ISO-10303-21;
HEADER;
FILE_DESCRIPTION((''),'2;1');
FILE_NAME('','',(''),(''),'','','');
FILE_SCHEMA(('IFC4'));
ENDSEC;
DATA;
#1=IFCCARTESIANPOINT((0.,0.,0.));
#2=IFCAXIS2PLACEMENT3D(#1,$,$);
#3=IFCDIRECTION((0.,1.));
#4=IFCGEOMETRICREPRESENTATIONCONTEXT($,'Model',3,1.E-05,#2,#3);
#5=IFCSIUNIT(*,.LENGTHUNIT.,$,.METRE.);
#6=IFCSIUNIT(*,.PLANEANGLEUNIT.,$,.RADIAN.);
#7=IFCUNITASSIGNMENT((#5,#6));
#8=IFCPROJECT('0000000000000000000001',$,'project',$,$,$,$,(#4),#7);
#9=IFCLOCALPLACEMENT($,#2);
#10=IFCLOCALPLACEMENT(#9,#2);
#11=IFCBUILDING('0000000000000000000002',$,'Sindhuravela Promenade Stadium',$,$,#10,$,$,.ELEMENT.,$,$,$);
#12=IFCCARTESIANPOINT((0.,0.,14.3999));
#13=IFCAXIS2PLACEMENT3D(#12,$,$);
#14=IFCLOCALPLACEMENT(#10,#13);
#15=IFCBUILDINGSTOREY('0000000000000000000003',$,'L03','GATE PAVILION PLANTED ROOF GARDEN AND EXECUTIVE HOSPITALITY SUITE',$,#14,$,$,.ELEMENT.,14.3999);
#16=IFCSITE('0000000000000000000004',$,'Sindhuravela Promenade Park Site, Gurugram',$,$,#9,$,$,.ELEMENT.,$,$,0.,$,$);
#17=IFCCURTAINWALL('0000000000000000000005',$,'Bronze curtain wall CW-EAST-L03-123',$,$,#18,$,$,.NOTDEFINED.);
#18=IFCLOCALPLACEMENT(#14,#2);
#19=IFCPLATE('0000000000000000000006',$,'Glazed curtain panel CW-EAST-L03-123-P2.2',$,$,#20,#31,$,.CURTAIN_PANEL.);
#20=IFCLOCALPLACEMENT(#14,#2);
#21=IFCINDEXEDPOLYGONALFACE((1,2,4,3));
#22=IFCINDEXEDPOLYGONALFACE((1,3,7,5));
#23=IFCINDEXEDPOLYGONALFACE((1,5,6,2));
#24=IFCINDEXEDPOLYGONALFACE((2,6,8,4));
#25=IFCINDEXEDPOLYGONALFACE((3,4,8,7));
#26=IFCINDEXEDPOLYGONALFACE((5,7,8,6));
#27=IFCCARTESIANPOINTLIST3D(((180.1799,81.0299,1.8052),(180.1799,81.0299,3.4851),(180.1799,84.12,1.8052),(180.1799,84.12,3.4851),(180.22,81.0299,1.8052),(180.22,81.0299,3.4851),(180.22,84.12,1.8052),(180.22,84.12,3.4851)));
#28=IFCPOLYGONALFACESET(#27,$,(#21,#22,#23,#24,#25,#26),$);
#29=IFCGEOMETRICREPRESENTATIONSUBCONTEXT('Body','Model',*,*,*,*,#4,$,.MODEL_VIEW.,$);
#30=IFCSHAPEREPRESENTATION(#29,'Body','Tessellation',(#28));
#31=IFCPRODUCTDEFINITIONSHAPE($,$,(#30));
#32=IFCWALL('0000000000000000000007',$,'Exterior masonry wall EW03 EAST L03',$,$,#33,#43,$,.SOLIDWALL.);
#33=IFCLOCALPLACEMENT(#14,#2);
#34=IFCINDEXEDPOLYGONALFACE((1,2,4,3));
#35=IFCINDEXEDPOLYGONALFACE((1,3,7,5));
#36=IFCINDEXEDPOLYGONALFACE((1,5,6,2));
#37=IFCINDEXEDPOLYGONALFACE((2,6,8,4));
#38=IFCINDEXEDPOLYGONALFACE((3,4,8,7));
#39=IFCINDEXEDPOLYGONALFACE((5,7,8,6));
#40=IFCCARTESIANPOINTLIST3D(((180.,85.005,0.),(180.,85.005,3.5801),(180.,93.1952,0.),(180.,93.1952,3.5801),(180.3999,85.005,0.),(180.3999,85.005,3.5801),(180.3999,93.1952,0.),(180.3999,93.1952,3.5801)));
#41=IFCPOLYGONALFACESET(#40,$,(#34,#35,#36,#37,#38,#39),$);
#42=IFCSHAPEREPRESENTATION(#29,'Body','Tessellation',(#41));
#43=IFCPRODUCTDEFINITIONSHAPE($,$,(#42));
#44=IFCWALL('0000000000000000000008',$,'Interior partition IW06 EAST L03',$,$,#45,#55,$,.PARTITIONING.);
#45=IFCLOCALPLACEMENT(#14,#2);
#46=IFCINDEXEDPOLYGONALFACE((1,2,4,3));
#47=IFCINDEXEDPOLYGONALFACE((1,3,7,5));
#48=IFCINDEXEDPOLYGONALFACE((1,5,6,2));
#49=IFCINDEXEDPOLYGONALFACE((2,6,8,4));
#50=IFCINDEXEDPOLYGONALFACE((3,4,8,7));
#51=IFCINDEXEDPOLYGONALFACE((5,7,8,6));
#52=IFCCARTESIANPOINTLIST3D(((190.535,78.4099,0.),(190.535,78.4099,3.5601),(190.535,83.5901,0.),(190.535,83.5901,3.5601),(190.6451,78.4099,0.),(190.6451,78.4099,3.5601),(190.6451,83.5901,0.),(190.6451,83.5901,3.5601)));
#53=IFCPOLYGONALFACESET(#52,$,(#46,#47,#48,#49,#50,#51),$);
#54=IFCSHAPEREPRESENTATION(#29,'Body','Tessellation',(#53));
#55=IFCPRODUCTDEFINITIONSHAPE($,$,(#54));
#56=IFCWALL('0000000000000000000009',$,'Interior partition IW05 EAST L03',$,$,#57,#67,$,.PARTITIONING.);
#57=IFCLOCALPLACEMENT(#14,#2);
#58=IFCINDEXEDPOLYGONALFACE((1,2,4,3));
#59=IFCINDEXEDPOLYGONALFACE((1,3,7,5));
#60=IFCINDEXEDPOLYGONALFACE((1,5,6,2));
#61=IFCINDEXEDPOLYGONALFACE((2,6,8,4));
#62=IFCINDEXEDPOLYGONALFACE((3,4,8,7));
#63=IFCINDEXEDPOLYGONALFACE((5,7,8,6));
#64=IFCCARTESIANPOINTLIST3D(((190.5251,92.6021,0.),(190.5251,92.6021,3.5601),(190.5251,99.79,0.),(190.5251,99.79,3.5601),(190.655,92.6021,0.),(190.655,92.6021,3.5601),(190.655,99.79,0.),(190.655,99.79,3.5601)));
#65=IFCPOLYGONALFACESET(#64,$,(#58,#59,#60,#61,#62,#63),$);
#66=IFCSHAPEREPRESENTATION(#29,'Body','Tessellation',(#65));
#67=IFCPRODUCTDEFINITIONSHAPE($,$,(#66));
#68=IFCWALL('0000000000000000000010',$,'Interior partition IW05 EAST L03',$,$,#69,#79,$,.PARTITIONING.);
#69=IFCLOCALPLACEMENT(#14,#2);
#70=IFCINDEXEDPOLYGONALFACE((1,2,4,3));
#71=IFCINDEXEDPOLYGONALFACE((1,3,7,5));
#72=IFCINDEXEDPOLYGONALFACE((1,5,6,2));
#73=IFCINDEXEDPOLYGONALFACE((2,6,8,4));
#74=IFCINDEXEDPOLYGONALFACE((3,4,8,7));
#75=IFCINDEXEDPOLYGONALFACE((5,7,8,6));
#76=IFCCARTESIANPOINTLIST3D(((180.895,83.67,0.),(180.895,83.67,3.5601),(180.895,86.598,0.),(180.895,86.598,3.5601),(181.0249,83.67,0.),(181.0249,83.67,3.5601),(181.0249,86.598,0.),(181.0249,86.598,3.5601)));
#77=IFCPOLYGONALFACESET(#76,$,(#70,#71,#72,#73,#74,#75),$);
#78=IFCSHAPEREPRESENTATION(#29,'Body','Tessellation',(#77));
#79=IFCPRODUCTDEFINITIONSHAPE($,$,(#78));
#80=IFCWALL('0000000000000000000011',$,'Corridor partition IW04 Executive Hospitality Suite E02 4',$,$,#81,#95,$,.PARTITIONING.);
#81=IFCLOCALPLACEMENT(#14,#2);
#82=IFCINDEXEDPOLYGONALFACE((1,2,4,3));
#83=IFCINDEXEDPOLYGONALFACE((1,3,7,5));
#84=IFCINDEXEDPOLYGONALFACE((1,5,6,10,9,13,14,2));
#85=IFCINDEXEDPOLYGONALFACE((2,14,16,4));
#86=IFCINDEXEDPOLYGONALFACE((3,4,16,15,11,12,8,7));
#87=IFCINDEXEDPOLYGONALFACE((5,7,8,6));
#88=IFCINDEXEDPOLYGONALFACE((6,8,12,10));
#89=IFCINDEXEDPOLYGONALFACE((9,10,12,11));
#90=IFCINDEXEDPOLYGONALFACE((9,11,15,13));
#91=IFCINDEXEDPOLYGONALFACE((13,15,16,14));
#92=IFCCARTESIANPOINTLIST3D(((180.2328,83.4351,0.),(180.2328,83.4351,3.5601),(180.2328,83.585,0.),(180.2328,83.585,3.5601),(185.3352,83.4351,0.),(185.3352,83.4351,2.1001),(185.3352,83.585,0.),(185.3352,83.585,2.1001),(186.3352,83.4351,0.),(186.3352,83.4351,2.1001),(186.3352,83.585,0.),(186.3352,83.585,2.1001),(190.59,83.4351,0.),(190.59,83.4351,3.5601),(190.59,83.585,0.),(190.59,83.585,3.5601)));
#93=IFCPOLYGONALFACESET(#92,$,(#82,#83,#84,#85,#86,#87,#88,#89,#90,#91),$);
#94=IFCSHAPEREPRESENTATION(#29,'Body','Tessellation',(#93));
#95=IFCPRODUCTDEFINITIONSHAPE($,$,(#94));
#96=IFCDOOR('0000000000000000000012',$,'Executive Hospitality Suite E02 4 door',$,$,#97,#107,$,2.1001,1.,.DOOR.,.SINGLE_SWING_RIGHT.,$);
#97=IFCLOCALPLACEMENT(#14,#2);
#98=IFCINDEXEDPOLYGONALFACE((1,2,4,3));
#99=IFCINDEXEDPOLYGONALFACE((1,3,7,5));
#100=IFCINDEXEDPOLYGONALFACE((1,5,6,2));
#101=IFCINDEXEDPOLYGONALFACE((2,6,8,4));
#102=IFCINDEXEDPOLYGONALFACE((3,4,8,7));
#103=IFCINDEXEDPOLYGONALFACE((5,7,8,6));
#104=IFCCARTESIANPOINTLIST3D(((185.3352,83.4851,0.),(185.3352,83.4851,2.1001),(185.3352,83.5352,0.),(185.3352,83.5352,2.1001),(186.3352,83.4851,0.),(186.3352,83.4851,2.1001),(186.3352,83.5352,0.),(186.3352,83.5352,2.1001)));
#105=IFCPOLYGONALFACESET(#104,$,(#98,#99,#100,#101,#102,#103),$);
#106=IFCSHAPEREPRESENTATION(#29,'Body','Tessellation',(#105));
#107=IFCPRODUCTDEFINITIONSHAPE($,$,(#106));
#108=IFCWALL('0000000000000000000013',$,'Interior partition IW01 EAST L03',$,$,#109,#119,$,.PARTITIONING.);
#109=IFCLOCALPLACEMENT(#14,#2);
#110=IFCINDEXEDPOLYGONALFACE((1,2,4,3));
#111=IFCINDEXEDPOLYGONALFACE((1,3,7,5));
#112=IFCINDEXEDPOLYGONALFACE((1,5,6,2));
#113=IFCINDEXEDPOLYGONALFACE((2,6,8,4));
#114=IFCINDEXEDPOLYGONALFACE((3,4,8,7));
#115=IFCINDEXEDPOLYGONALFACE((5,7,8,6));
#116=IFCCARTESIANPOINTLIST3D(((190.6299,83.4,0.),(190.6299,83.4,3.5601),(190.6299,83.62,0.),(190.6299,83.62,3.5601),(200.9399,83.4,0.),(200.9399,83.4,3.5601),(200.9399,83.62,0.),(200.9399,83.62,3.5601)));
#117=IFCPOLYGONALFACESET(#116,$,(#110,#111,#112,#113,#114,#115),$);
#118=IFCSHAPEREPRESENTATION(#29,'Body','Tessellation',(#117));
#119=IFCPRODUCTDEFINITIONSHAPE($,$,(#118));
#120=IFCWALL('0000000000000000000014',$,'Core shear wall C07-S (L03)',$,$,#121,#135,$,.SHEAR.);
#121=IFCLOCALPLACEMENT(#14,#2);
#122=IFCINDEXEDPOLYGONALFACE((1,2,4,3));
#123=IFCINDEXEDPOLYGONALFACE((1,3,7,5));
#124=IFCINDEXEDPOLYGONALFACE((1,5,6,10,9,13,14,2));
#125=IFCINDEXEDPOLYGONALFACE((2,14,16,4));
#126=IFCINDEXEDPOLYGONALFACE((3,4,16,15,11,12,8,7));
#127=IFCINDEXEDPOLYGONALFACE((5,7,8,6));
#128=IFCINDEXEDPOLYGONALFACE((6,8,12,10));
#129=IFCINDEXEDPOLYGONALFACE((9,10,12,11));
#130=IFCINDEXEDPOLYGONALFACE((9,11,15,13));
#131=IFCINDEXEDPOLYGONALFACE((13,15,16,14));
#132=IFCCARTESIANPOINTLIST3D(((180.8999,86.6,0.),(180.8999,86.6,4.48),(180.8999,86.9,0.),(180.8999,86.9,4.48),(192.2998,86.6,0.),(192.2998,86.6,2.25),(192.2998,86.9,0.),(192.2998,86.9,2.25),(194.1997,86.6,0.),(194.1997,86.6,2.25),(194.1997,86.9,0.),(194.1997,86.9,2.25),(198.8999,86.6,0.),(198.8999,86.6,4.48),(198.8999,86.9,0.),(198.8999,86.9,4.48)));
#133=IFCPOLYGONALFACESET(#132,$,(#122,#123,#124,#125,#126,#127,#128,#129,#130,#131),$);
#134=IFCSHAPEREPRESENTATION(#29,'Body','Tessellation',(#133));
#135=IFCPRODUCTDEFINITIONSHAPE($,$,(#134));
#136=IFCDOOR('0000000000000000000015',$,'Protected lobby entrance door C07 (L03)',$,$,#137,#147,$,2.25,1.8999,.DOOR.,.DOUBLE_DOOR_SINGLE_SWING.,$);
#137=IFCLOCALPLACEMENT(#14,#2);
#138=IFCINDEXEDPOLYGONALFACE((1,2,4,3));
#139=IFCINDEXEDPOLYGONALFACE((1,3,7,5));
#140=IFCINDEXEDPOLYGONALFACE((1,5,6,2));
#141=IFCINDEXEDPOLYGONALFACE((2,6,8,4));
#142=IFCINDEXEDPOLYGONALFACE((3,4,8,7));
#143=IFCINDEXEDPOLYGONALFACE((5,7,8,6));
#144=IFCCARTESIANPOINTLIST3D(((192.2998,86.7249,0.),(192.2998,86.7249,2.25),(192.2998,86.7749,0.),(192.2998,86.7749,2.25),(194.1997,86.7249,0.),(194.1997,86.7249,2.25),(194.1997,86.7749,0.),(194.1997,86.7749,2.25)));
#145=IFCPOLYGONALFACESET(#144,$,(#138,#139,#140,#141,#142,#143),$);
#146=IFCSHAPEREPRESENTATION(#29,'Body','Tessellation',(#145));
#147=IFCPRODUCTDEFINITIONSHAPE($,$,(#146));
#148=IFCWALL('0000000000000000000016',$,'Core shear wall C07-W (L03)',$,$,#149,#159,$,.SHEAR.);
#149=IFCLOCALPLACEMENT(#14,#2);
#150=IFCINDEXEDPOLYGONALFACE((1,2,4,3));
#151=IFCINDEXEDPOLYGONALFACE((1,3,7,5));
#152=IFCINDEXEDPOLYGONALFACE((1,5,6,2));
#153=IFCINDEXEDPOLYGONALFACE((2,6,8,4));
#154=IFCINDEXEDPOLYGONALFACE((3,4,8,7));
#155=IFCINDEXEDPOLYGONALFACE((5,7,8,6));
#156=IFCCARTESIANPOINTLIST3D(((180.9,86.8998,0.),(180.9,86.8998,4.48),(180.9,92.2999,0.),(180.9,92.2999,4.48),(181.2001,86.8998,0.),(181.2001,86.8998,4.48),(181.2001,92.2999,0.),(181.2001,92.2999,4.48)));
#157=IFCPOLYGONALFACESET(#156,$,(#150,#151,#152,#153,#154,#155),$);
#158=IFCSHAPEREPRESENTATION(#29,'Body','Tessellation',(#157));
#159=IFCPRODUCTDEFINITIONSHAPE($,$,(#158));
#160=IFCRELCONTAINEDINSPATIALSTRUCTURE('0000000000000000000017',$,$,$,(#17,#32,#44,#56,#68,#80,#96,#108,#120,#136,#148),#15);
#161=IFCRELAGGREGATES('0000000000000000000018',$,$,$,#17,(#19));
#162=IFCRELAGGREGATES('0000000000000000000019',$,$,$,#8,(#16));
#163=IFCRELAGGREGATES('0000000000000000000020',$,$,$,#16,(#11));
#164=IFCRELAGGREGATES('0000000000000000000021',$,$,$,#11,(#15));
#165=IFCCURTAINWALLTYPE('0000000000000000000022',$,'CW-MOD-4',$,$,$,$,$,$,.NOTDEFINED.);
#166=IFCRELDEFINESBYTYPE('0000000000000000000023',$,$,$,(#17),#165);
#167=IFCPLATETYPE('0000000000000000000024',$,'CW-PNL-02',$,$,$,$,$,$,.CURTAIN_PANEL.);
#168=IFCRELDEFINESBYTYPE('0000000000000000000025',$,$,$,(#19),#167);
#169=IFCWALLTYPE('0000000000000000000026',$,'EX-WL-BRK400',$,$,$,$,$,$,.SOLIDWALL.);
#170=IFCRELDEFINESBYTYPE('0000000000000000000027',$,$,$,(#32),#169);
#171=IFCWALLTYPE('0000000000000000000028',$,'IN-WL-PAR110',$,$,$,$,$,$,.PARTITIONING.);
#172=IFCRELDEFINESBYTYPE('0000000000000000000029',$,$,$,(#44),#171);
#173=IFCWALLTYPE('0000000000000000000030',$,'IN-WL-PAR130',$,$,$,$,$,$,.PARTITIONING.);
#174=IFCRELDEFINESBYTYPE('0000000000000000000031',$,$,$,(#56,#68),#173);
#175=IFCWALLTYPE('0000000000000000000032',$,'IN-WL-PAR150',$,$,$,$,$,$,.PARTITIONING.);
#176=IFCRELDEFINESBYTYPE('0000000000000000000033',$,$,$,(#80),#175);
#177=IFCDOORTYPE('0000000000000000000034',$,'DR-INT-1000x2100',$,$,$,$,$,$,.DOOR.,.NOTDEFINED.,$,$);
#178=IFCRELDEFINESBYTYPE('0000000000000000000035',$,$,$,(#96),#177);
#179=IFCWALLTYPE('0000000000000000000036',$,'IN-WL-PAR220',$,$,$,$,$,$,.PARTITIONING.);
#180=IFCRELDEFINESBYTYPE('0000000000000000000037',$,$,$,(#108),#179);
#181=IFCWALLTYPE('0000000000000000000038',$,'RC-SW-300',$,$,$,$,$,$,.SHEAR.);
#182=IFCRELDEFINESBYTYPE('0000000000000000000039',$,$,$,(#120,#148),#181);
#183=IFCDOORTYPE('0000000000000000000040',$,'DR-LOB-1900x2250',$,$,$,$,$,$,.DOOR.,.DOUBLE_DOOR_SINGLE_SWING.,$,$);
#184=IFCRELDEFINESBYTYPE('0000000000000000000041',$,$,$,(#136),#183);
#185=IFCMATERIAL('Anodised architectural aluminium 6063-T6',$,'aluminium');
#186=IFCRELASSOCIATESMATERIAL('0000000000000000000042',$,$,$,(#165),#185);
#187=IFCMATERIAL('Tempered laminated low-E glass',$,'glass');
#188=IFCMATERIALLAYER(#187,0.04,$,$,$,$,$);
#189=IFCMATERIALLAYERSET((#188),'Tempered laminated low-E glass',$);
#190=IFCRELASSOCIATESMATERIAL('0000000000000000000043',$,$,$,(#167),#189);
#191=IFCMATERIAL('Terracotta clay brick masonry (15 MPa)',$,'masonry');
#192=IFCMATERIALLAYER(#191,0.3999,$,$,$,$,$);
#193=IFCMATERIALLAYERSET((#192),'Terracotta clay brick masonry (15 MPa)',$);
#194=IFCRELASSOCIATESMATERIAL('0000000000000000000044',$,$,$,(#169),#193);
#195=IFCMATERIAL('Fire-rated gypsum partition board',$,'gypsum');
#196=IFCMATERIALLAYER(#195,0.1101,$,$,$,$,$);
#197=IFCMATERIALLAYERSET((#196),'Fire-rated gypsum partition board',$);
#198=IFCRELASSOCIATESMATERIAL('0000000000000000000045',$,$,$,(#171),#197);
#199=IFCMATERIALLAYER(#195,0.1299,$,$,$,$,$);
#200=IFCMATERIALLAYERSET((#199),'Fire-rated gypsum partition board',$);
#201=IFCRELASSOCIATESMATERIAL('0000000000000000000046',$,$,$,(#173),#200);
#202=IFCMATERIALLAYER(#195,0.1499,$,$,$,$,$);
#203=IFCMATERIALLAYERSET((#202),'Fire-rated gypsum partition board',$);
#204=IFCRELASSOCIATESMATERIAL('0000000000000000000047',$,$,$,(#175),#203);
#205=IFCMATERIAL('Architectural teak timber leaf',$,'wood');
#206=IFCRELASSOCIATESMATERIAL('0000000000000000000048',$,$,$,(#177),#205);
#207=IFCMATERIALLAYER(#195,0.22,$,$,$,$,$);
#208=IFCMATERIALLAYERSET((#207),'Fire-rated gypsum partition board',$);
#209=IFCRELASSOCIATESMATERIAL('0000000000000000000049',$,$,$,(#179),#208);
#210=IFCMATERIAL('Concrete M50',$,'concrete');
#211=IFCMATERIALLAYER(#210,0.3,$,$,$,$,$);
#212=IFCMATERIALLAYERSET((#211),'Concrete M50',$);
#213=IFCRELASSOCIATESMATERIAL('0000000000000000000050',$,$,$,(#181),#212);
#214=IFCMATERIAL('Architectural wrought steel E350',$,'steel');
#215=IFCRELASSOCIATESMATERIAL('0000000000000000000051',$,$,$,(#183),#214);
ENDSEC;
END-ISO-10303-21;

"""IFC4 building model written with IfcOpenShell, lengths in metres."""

from ifc_helpers import new_model, si_unit, direction, frame, frame_2d, origin, origin_2d, place, context, subcontext, project, spatial, rectangle, extrude, material, layer, layer_set, type_object, element, fill, aggregate, save


model = new_model("IFC4")

# Units and contexts
model_context = context("Model", 3, precision=1e-05, world=origin(), true_north=direction((0.0, 1.0)))
body_context = subcontext(model_context, "Body", "Model", "MODEL_VIEW")
ifc_project = project(units=[si_unit("LENGTHUNIT", "METRE"), si_unit("PLANEANGLEUNIT", "RADIAN")], contexts=[model_context])

# Site, building, storey
site_placement = place(None, origin())
site = spatial("IfcSite", under=ifc_project, at=site_placement, Name="Sindhuravela Promenade Park Site, Gurugram", CompositionType="ELEMENT", RefElevation=0.0)
building_placement = place(site_placement, origin())
building = spatial("IfcBuilding", under=site, at=building_placement, Name="Sindhuravela Promenade Stadium", CompositionType="ELEMENT")
storey_placement = place(building_placement, frame((0.0, 0.0, 14.3999)))
storey = spatial("IfcBuildingStorey", under=building, at=storey_placement, Name="L03", Description="GATE PAVILION PLANTED ROOF GARDEN AND EXECUTIVE HOSPITALITY SUITE", CompositionType="ELEMENT", Elevation=14.3999)

# Curtain wall
ifc_material_1 = material(Name="Anodised architectural aluminium 6063-T6", Category="aluminium")
curtain_wall_type = type_object("IfcCurtainWallType", Name="CW-MOD-4", PredefinedType="NOTDEFINED", material=ifc_material_1)
curtain_wall_placement = place(storey_placement, origin())
curtain_wall = element("IfcCurtainWall", 1, at=curtain_wall_placement, inside=storey, type_object=curtain_wall_type, Name="Bronze curtain wall CW-EAST-L03-123", PredefinedType="NOTDEFINED")

# Plate
ifc_material_2 = material(Name="Tempered laminated low-E glass", Category="glass")
ifc_layer_1 = layer(ifc_material_2, 0.04)
ifc_layer_set_1 = layer_set([ifc_layer_1], Name="Tempered laminated low-E glass")
plate_type = type_object("IfcPlateType", Name="CW-PNL-02", PredefinedType="CURTAIN_PANEL", material=ifc_layer_set_1)
plate_1_placement = place(storey_placement, frame((180.2, 82.575, 1.8052), z_axis=(0.0, 0.0, 1.0), x_axis=(0.0, 1.0, 0.0)))
plate_1 = element("IfcPlate", 2, at=plate_1_placement, type_object=plate_type, Name="Glazed curtain panel CW-EAST-L03-123-P2.2", PredefinedType="CURTAIN_PANEL", context=body_context, shape_type="SweptSolid", body=[
    extrude(rectangle(XDim=3.0901, YDim=0.04, at=origin_2d()), origin(), (0.0, 0.0, 1.0), 1.6799),
])
aggregate(curtain_wall, [plate_1])

# Walls
ifc_material_3 = material(Name="Terracotta clay brick masonry (15 MPa)", Category="masonry")
ifc_layer_2 = layer(ifc_material_3, 0.3999)
ifc_layer_set_2 = layer_set([ifc_layer_2], Name="Terracotta clay brick masonry (15 MPa)")
wall_type_1 = type_object("IfcWallType", Name="EX-WL-BRK400", PredefinedType="SOLIDWALL", material=ifc_layer_set_2)
wall_1_placement = place(storey_placement, frame((180.2, 85.0049, 0.0), z_axis=(0.0, 0.0, 1.0), x_axis=(0.0, 1.0, 0.0)))
element("IfcWall", 3, at=wall_1_placement, inside=storey, type_object=wall_type_1, Name="Exterior masonry wall EW03 EAST L03", PredefinedType="SOLIDWALL", context=body_context, shape_type="SweptSolid", body=[
    extrude(rectangle(XDim=8.1902, YDim=0.3999, at=frame_2d((4.0952, 0.0))), origin(), (0.0, 0.0, 1.0), 3.5801),
])
ifc_material_4 = material(Name="Fire-rated gypsum partition board", Category="gypsum")
ifc_layer_3 = layer(ifc_material_4, 0.1101)
ifc_layer_set_3 = layer_set([ifc_layer_3], Name="Fire-rated gypsum partition board")
wall_type_2 = type_object("IfcWallType", Name="IN-WL-PAR110", PredefinedType="PARTITIONING", material=ifc_layer_set_3)
wall_2_placement = place(storey_placement, frame((190.5901, 83.5901, 0.0), z_axis=(0.0, 0.0, 1.0), x_axis=(0.0, -1.0, 0.0)))
element("IfcWall", 4, at=wall_2_placement, inside=storey, type_object=wall_type_2, Name="Interior partition IW06 EAST L03", PredefinedType="PARTITIONING", context=body_context, shape_type="SweptSolid", body=[
    extrude(rectangle(XDim=5.1802, YDim=0.1101, at=frame_2d((2.5901, 0.0))), origin(), (0.0, 0.0, 1.0), 3.5601),
])
ifc_layer_4 = layer(ifc_material_4, 0.1299)
ifc_layer_set_4 = layer_set([ifc_layer_4], Name="Fire-rated gypsum partition board")
wall_type_3 = type_object("IfcWallType", Name="IN-WL-PAR130", PredefinedType="PARTITIONING", material=ifc_layer_set_4)
wall_3_placement = place(storey_placement, frame((190.5901, 92.6021, 0.0), z_axis=(0.0, 0.0, 1.0), x_axis=(0.0, 1.0, 0.0)))
element("IfcWall", 5, at=wall_3_placement, inside=storey, type_object=wall_type_3, Name="Interior partition IW05 EAST L03", PredefinedType="PARTITIONING", context=body_context, shape_type="SweptSolid", body=[
    extrude(rectangle(XDim=7.188, YDim=0.1299, at=frame_2d((3.594, 0.0))), origin(), (0.0, 0.0, 1.0), 3.5601),
])
wall_4_placement = place(storey_placement, frame((180.96, 86.5979, 0.0), z_axis=(0.0, 0.0, 1.0), x_axis=(0.0, -1.0, 0.0)))
element("IfcWall", 6, at=wall_4_placement, inside=storey, type_object=wall_type_3, Name="Interior partition IW05 EAST L03", PredefinedType="PARTITIONING", context=body_context, shape_type="SweptSolid", body=[
    extrude(rectangle(XDim=2.928, YDim=0.1299, at=frame_2d((1.4639, 0.0))), origin(), (0.0, 0.0, 1.0), 3.5601),
])

# Wall, opening, door
ifc_layer_5 = layer(ifc_material_4, 0.1499)
ifc_layer_set_5 = layer_set([ifc_layer_5], Name="Fire-rated gypsum partition board")
wall_type_4 = type_object("IfcWallType", Name="IN-WL-PAR150", PredefinedType="PARTITIONING", material=ifc_layer_set_5)
wall_5_placement = place(storey_placement, frame((190.5901, 83.51, 0.0), z_axis=(0.0, 0.0, 1.0), x_axis=(-1.0, 0.0, 0.0)))
wall_5 = element("IfcWall", 7, at=wall_5_placement, inside=storey, type_object=wall_type_4, Name="Corridor partition IW04 Executive Hospitality Suite E02 4", PredefinedType="PARTITIONING", context=body_context, shape_type="SweptSolid", body=[
    extrude(rectangle(XDim=10.3572, YDim=0.1499, at=frame_2d((5.1787, 0.0))), origin(), (0.0, 0.0, 1.0), 3.5601),
])
opening_1_placement = place(wall_5_placement, frame((4.2549, 0.0, 0.0)))
opening_1 = element("IfcOpeningElement", 8, at=opening_1_placement, cuts=wall_5, PredefinedType="OPENING", context=body_context, shape_type="SweptSolid", body=[
    extrude(rectangle(XDim=1.0, YDim=2.1001, at=frame_2d((0.5, 1.05))), frame((0.0, 0.085, 0.0), z_axis=(0.0, -1.0, 0.0), x_axis=(1.0, 0.0, 0.0)), (0.0, 0.0, 1.0), 0.1699),
])
ifc_material_5 = material(Name="Architectural teak timber leaf", Category="wood")
door_type_1 = type_object("IfcDoorType", Name="DR-INT-1000x2100", OperationType="NOTDEFINED", PredefinedType="DOOR", material=ifc_material_5)
door_1_placement = place(opening_1_placement, origin())
door_1 = element("IfcDoor", 9, at=door_1_placement, inside=storey, type_object=door_type_1, Name="Executive Hospitality Suite E02 4 door", OperationType="SINGLE_SWING_RIGHT", OverallHeight=2.1001, OverallWidth=1.0, PredefinedType="DOOR", context=body_context, shape_type="SweptSolid", body=[
    extrude(rectangle(XDim=1.0, YDim=2.1001, at=frame_2d((0.5, 1.05))), frame((0.0, 0.0249, 0.0), z_axis=(0.0, -1.0, 0.0), x_axis=(1.0, 0.0, 0.0)), (0.0, 0.0, 1.0), 0.05),
])
fill(opening_1, door_1)

# Wall
ifc_layer_6 = layer(ifc_material_4, 0.22)
ifc_layer_set_6 = layer_set([ifc_layer_6], Name="Fire-rated gypsum partition board")
wall_type_5 = type_object("IfcWallType", Name="IN-WL-PAR220", PredefinedType="PARTITIONING", material=ifc_layer_set_6)
wall_6_placement = place(storey_placement, frame((190.6299, 83.51, 0.0), z_axis=(0.0, 0.0, 1.0), x_axis=(1.0, 0.0, 0.0)))
element("IfcWall", 10, at=wall_6_placement, inside=storey, type_object=wall_type_5, Name="Interior partition IW01 EAST L03", PredefinedType="PARTITIONING", context=body_context, shape_type="SweptSolid", body=[
    extrude(rectangle(XDim=10.3101, YDim=0.22, at=frame_2d((5.155, 0.0))), origin(), (0.0, 0.0, 1.0), 3.5601),
])

# Wall, opening, door
ifc_material_6 = material(Name="Concrete M50", Category="concrete")
ifc_layer_7 = layer(ifc_material_6, 0.3)
ifc_layer_set_7 = layer_set([ifc_layer_7], Name="Concrete M50")
wall_type_6 = type_object("IfcWallType", Name="RC-SW-300", PredefinedType="SHEAR", material=ifc_layer_set_7)
wall_7_placement = place(storey_placement, frame((180.8999, 86.75, 0.0), z_axis=(0.0, 0.0, 1.0), x_axis=(1.0, 0.0, 0.0)))
wall_7 = element("IfcWall", 11, at=wall_7_placement, inside=storey, type_object=wall_type_6, Name="Core shear wall C07-S (L03)", PredefinedType="SHEAR", context=body_context, shape_type="SweptSolid", body=[
    extrude(rectangle(XDim=18.0, YDim=0.3, at=frame_2d((9.0, 0.0))), origin(), (0.0, 0.0, 1.0), 4.48),
])
opening_2_placement = place(wall_7_placement, frame((11.3999, 0.0, 0.0)))
opening_2 = element("IfcOpeningElement", 12, at=opening_2_placement, cuts=wall_7, PredefinedType="OPENING", context=body_context, shape_type="SweptSolid", body=[
    extrude(rectangle(XDim=1.8999, YDim=2.25, at=frame_2d((0.95, 1.125))), frame((0.0, 0.1599, 0.0), z_axis=(0.0, -1.0, 0.0), x_axis=(1.0, 0.0, 0.0)), (0.0, 0.0, 1.0), 0.3201),
])
ifc_material_7 = material(Name="Architectural wrought steel E350", Category="steel")
door_type_2 = type_object("IfcDoorType", Name="DR-LOB-1900x2250", OperationType="DOUBLE_DOOR_SINGLE_SWING", PredefinedType="DOOR", material=ifc_material_7)
door_2_placement = place(opening_2_placement, origin())
door_2 = element("IfcDoor", 13, at=door_2_placement, inside=storey, type_object=door_type_2, Name="Protected lobby entrance door C07 (L03)", OperationType="DOUBLE_DOOR_SINGLE_SWING", OverallHeight=2.25, OverallWidth=1.8999, PredefinedType="DOOR", context=body_context, shape_type="SweptSolid", body=[
    extrude(rectangle(XDim=1.8999, YDim=2.25, at=frame_2d((0.95, 1.125))), frame((0.0, 0.0249, 0.0), z_axis=(0.0, -1.0, 0.0), x_axis=(1.0, 0.0, 0.0)), (0.0, 0.0, 1.0), 0.05),
])
fill(opening_2, door_2)

# Wall
wall_8_placement = place(storey_placement, frame((181.05, 92.3, 0.0), z_axis=(0.0, 0.0, 1.0), x_axis=(0.0, -1.0, 0.0)))
element("IfcWall", 14, at=wall_8_placement, inside=storey, type_object=wall_type_6, Name="Core shear wall C07-W (L03)", PredefinedType="SHEAR", context=body_context, shape_type="SweptSolid", body=[
    extrude(rectangle(XDim=5.4001, YDim=0.3, at=frame_2d((2.7002, 0.0))), origin(), (0.0, 0.0, 1.0), 4.48),
])

save(model, "model.ifc")
